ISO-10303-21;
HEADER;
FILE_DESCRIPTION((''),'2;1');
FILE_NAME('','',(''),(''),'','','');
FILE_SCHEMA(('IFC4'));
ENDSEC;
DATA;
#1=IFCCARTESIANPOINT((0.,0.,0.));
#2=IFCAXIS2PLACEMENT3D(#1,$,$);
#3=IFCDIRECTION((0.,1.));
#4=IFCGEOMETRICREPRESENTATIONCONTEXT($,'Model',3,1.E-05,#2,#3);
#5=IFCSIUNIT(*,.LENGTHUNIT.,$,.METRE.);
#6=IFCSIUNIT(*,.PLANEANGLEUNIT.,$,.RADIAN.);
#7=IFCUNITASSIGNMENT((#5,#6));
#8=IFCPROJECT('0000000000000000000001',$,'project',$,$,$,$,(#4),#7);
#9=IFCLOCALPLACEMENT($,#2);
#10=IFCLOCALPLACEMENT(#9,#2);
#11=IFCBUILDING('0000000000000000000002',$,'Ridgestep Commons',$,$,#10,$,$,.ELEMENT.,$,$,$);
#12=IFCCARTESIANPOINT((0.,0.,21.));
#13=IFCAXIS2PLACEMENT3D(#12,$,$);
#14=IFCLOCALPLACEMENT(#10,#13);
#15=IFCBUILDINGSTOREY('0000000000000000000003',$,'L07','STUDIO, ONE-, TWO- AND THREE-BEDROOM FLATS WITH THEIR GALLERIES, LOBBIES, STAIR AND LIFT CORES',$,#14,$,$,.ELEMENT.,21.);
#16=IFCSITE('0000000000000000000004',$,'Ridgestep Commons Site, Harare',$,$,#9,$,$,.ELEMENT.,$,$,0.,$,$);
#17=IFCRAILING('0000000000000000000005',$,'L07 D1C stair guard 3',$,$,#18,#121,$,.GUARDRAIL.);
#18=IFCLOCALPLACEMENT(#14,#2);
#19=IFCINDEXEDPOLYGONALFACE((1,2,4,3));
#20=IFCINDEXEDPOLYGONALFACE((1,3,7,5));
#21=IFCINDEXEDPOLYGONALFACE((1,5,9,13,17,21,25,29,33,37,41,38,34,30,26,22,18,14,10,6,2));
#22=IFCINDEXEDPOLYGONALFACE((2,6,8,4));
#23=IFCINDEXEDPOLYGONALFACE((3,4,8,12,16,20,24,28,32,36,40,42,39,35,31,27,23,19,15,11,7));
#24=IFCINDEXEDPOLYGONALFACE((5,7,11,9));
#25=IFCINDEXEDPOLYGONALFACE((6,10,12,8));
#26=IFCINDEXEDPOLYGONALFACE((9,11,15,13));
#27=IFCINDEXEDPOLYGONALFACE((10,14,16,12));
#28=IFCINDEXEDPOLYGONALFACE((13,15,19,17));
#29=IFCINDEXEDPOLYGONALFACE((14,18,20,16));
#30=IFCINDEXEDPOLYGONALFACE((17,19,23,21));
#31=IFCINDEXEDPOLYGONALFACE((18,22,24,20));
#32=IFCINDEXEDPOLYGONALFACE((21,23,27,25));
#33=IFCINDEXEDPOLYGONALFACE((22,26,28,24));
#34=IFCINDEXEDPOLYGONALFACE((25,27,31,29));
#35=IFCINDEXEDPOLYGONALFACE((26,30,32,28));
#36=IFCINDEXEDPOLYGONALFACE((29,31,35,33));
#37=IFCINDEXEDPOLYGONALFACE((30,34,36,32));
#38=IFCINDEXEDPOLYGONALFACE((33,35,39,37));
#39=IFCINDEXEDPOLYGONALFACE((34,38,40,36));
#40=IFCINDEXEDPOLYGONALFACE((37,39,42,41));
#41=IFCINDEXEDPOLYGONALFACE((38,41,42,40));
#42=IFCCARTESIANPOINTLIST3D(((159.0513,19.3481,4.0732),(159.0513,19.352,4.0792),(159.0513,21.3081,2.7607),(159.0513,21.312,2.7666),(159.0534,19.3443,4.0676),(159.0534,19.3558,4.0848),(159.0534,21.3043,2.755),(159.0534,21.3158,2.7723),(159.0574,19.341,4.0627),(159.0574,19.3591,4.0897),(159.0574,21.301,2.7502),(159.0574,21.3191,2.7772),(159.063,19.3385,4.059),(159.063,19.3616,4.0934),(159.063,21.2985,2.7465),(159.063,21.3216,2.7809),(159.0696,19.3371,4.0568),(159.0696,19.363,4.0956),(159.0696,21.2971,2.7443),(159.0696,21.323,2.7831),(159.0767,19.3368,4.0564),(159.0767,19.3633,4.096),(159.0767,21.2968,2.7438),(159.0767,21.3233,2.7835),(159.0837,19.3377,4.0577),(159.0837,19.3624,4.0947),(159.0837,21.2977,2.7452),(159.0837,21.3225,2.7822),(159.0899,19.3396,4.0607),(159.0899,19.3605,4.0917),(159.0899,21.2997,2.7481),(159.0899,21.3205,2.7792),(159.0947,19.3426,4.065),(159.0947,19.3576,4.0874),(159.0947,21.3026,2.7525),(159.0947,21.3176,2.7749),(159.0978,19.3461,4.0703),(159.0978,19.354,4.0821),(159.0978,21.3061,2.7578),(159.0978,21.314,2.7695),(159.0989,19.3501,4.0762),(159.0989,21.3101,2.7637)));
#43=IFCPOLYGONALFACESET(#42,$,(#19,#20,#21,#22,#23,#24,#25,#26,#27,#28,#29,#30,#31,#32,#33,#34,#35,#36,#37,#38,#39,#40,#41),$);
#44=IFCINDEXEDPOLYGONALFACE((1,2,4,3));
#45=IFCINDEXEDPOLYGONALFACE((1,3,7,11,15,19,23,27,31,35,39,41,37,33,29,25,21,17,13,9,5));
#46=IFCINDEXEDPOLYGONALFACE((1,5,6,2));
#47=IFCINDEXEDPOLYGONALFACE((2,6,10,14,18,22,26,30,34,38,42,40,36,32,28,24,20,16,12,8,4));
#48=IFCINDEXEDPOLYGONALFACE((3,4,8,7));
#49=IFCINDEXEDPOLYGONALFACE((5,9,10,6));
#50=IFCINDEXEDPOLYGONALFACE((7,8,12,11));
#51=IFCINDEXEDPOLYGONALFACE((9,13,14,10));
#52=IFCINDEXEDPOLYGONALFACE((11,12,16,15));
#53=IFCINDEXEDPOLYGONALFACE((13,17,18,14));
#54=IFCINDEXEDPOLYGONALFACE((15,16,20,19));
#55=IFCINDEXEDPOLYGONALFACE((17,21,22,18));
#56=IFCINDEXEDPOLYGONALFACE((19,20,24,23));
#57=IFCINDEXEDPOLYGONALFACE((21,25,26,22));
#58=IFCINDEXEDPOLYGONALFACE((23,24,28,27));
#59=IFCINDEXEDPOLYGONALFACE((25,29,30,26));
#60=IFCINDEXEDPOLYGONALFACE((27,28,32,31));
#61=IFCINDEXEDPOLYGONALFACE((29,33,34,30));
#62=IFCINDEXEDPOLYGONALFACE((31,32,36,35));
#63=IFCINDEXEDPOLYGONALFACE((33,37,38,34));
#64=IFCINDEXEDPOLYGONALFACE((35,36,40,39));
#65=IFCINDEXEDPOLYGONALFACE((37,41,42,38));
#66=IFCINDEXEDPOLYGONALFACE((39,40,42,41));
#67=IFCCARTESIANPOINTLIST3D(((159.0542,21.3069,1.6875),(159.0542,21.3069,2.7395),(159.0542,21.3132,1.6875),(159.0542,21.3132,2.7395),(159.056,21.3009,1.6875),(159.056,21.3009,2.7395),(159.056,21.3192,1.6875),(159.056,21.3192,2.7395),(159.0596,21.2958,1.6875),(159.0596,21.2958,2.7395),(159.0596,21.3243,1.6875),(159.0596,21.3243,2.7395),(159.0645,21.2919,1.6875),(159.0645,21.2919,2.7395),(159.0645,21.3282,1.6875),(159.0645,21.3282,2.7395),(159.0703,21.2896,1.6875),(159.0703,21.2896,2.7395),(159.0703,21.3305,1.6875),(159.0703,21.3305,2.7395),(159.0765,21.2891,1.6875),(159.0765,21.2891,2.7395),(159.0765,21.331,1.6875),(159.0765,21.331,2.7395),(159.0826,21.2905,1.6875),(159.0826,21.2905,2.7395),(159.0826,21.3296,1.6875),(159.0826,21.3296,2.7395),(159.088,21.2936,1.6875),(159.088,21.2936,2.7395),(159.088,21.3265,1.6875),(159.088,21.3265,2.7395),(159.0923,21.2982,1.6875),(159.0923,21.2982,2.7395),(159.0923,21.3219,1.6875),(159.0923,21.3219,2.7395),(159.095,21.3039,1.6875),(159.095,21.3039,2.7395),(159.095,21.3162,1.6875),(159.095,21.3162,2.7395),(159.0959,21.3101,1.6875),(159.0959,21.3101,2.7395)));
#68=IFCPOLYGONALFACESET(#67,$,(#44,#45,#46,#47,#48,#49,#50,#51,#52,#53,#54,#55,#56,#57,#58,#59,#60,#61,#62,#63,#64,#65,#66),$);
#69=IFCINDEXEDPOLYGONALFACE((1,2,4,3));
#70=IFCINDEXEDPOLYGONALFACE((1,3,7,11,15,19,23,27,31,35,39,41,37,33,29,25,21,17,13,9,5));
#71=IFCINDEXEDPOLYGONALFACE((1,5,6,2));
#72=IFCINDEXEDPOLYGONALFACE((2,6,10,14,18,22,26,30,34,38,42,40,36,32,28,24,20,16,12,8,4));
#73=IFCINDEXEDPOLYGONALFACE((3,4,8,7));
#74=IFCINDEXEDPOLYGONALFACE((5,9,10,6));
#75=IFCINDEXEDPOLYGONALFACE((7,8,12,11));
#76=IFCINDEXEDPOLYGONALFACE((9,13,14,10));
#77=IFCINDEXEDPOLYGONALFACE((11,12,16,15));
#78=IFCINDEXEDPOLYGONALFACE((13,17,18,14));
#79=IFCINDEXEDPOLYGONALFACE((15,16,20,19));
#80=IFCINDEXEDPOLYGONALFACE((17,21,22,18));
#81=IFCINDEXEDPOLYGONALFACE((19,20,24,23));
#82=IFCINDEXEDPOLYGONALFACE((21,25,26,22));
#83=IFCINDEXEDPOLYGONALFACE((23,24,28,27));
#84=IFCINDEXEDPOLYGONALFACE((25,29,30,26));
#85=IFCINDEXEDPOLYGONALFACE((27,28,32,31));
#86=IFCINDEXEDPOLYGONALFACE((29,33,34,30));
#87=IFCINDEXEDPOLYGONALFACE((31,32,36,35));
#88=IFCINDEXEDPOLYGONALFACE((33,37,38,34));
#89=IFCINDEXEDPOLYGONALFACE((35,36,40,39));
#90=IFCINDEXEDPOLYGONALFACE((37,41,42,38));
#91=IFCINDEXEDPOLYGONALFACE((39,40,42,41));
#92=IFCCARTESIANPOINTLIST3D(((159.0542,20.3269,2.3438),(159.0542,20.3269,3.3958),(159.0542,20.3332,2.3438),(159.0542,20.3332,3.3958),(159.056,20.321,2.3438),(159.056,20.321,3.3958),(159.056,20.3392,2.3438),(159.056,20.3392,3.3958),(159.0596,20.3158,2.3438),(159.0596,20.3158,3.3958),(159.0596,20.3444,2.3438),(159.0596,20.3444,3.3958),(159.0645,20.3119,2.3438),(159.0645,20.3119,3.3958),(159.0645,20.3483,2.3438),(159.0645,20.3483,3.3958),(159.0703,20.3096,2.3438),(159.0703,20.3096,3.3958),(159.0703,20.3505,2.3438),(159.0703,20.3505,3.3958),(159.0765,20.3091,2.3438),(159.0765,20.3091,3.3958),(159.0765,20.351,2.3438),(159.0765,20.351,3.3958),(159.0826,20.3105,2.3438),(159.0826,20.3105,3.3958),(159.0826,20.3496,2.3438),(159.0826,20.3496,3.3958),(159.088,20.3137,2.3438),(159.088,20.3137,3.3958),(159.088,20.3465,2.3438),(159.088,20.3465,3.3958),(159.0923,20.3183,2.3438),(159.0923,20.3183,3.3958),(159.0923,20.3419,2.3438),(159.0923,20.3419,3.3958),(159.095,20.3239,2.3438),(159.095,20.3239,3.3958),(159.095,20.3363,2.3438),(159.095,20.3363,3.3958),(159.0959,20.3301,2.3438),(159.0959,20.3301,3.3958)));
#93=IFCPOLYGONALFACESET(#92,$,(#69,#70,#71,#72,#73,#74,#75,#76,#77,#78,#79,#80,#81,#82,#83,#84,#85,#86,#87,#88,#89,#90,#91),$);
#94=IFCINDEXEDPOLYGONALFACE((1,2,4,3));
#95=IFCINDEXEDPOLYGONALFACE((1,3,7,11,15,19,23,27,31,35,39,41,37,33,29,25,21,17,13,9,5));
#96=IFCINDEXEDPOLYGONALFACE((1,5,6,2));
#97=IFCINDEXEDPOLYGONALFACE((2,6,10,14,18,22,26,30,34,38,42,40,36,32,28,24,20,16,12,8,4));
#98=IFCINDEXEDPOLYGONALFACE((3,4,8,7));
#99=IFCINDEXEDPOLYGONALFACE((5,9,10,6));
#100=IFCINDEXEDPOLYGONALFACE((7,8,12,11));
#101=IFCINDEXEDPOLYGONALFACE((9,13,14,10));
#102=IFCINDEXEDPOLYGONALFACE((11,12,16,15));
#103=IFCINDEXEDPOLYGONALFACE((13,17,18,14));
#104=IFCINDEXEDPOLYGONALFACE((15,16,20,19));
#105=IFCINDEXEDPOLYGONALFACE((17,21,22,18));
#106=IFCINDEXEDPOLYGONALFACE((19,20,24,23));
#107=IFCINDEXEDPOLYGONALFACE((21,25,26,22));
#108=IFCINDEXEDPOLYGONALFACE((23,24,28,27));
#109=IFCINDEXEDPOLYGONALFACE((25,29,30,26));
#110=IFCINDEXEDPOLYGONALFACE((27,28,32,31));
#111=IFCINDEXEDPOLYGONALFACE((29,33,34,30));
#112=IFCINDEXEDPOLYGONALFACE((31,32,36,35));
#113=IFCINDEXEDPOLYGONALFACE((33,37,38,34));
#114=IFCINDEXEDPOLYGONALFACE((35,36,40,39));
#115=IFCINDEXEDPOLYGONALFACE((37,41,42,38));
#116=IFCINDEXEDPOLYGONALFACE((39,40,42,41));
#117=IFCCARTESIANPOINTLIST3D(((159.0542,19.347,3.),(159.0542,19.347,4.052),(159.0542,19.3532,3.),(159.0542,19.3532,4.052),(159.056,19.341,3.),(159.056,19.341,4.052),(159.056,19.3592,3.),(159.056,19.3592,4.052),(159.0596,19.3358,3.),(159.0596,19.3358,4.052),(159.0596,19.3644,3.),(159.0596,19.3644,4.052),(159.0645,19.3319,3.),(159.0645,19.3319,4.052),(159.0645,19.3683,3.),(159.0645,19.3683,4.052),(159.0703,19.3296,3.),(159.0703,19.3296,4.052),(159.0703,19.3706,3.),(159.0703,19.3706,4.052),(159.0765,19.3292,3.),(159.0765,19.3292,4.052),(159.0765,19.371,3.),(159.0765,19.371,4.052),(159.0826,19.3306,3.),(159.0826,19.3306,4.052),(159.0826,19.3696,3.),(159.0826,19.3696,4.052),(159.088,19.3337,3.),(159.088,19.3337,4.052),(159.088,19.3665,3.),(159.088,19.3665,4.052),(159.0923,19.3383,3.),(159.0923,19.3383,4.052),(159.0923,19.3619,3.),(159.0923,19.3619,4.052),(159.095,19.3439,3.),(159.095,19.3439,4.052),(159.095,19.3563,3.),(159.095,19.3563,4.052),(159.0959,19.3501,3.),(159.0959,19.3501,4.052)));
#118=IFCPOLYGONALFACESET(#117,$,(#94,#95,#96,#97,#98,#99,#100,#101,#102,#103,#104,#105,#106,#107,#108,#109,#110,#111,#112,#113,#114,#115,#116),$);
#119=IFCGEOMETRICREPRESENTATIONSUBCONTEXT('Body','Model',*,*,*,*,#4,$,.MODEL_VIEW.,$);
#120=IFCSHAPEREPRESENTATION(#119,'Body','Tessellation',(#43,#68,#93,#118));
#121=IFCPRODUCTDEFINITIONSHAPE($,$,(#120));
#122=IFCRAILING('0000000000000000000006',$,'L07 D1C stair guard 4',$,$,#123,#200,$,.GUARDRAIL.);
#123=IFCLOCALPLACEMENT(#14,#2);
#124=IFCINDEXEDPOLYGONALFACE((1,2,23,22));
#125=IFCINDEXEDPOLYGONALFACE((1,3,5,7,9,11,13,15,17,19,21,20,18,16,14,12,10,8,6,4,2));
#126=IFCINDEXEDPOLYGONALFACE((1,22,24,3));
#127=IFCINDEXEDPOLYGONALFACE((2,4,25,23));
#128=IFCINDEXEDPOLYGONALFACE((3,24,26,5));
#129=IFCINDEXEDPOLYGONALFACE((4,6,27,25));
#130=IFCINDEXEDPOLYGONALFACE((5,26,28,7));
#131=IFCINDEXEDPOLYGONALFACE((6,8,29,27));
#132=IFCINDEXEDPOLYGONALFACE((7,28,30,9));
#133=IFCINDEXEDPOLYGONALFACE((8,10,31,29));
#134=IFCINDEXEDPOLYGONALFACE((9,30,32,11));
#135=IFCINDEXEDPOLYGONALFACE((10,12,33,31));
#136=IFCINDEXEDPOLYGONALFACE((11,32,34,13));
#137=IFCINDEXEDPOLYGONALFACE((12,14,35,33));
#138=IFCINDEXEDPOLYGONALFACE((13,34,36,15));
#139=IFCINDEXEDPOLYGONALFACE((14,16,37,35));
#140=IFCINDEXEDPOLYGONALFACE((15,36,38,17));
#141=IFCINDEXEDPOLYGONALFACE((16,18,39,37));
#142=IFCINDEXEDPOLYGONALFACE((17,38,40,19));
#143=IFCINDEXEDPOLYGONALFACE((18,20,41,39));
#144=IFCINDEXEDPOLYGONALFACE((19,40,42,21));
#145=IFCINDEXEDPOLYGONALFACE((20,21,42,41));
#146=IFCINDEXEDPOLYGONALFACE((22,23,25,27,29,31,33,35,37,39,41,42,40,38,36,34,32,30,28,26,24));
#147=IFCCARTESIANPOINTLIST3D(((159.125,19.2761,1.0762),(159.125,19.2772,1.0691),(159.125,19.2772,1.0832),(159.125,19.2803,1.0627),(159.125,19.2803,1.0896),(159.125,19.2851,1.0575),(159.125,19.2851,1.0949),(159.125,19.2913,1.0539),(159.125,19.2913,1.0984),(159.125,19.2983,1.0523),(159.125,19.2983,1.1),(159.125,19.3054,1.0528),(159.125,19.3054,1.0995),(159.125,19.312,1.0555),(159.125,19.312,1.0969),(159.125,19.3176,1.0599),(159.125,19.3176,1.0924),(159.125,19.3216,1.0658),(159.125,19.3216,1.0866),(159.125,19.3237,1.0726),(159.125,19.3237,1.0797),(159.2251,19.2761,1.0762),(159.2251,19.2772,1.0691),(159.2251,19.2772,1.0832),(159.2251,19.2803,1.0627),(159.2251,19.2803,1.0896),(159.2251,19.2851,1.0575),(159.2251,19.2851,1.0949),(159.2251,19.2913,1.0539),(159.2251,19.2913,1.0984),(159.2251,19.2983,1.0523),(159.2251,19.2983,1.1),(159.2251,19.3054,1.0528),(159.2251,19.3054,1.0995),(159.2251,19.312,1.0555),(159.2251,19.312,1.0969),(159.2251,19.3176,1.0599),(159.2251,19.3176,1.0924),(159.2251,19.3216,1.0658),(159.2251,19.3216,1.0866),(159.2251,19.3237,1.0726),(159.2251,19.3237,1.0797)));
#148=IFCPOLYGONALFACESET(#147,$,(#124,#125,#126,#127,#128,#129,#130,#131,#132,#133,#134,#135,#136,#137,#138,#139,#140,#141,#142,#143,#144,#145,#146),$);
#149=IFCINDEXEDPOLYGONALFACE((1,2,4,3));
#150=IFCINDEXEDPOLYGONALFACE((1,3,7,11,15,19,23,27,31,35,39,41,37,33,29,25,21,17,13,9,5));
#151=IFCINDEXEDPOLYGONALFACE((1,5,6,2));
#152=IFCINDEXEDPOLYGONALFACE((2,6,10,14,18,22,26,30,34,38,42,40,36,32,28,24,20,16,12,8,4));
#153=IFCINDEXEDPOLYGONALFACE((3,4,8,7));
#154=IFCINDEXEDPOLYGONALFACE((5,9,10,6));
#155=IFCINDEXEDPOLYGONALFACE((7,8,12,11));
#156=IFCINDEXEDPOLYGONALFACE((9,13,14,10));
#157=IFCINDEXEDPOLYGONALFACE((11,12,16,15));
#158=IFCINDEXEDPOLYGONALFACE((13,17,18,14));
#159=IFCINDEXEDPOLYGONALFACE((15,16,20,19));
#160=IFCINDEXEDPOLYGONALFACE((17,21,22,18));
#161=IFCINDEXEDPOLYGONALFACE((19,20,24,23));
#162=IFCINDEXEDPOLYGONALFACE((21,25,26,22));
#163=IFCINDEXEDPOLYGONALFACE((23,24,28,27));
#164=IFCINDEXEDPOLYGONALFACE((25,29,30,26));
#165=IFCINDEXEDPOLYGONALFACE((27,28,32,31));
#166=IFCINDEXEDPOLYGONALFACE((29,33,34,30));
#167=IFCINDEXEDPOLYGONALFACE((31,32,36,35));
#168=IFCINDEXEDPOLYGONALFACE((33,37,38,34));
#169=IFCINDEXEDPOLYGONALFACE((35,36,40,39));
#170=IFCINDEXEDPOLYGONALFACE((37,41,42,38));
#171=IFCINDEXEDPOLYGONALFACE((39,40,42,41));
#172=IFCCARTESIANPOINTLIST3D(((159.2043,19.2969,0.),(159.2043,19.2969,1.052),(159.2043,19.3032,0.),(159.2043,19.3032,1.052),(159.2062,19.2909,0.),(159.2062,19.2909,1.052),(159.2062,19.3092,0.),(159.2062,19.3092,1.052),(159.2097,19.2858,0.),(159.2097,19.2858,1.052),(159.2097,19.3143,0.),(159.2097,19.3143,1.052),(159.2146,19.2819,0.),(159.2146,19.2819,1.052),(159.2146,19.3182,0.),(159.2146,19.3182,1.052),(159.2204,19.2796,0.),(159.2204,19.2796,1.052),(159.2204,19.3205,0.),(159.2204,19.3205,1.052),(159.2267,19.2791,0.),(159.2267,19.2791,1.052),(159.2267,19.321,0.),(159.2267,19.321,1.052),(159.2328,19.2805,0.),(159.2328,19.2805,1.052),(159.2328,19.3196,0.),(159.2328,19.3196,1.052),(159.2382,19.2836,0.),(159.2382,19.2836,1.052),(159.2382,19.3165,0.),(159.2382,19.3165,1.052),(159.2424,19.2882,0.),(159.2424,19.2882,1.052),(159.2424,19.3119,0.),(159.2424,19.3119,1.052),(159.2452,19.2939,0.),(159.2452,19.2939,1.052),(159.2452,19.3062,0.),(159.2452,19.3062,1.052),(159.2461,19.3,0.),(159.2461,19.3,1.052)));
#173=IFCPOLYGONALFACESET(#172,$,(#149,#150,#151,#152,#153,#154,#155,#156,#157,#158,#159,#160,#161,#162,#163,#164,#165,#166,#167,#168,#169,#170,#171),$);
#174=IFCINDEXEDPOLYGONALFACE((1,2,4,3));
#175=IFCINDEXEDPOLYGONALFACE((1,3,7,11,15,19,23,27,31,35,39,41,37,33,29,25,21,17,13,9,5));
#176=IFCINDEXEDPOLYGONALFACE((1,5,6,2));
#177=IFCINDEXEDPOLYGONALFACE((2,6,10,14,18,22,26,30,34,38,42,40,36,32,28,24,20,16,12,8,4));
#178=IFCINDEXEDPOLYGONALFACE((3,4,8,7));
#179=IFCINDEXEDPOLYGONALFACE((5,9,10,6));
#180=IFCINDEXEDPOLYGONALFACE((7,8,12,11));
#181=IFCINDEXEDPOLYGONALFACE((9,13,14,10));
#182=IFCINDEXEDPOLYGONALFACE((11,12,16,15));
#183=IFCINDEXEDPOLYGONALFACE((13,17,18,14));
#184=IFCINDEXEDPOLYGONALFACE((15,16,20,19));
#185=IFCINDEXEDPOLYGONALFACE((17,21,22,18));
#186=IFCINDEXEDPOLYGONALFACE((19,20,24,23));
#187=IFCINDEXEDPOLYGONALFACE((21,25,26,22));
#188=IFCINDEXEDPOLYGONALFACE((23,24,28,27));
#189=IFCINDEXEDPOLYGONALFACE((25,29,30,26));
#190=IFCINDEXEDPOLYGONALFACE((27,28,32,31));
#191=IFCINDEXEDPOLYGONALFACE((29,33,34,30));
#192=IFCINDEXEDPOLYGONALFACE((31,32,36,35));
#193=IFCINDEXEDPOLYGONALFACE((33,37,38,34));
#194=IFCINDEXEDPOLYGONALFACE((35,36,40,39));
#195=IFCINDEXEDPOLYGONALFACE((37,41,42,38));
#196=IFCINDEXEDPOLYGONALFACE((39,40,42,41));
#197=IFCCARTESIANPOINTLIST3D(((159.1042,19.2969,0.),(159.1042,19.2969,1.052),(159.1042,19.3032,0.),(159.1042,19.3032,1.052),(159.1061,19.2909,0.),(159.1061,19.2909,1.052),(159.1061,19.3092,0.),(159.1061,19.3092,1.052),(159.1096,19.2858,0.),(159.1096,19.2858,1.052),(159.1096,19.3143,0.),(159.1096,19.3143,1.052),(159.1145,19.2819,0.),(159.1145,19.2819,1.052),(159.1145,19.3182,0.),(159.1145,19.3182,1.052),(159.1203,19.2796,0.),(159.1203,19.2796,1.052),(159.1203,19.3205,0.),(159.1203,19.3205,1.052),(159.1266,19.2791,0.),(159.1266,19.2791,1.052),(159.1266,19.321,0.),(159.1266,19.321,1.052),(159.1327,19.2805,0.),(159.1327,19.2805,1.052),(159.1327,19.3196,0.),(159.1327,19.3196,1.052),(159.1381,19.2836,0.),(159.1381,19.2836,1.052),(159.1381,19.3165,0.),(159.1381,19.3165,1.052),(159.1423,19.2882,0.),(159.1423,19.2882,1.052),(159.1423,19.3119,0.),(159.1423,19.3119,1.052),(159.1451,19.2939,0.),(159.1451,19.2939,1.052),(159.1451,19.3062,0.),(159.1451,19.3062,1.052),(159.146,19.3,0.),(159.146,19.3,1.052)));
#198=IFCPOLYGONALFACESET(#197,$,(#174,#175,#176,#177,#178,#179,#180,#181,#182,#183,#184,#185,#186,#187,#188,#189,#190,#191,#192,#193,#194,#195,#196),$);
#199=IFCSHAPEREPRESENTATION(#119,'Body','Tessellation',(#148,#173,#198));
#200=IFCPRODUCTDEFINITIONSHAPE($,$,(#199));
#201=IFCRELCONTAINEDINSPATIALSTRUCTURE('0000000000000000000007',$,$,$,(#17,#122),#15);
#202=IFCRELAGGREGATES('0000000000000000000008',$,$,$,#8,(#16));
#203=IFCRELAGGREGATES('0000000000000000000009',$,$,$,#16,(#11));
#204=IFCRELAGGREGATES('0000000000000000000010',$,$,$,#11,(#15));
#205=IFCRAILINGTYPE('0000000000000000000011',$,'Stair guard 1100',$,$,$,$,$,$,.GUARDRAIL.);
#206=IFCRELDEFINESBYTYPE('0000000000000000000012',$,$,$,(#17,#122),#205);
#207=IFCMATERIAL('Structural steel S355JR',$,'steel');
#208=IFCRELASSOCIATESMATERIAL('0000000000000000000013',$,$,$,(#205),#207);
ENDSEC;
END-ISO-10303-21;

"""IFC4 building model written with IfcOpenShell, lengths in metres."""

from ifc_helpers import new_model, si_unit, direction, frame, origin, origin_2d, place, context, subcontext, project, spatial, circle, extrude, material, type_object, element, save


model = new_model("IFC4")

# Units and contexts
model_context = context("Model", 3, precision=1e-05, world=origin(), true_north=direction((0.0, 1.0)))
body_context = subcontext(model_context, "Body", "Model", "MODEL_VIEW")
ifc_project = project(units=[si_unit("LENGTHUNIT", "METRE"), si_unit("PLANEANGLEUNIT", "RADIAN")], contexts=[model_context])

# Site, building, storey
site_placement = place(None, origin())
site = spatial("IfcSite", under=ifc_project, at=site_placement, Name="Ridgestep Commons Site, Harare", CompositionType="ELEMENT", RefElevation=0.0)
building_placement = place(site_placement, origin())
building = spatial("IfcBuilding", under=site, at=building_placement, Name="Ridgestep Commons", CompositionType="ELEMENT")
storey_placement = place(building_placement, frame((0.0, 0.0, 21.0)))
storey = spatial("IfcBuildingStorey", under=building, at=storey_placement, Name="L07", Description="STUDIO, ONE-, TWO- AND THREE-BEDROOM FLATS WITH THEIR GALLERIES, LOBBIES, STAIR AND LIFT CORES", CompositionType="ELEMENT", Elevation=21.0)

# Railings
ifc_material_1 = material(Name="Structural steel S355JR", Category="steel")
railing_type_1 = type_object("IfcRailingType", Name="Stair guard 1100", PredefinedType="GUARDRAIL", material=ifc_material_1)
railing_1_placement = place(storey_placement, frame((159.075, 21.3101, 1.6875)))
element("IfcRailing", 1, at=railing_1_placement, inside=storey, type_object=railing_type_1, Name="L07 D1C stair guard 3", PredefinedType="GUARDRAIL", context=body_context, shape_type="SweptSolid", body=[
    extrude(circle(Radius=0.0239, at=origin_2d()), frame((0.0, 0.0, 1.0762), z_axis=(0.0, -0.830902, 0.556419), x_axis=(1.0, 0.0, 0.0)), (0.0, 0.0, 1.0), 2.3589),
    extrude(circle(Radius=0.021, at=origin_2d()), origin(), (0.0, 0.0, 1.0), 1.052),
    extrude(circle(Radius=0.021, at=origin_2d()), frame((0.0, -0.98, 0.6562)), (0.0, 0.0, 1.0), 1.052),
    extrude(circle(Radius=0.021, at=origin_2d()), frame((0.0, -1.96, 1.3125)), (0.0, 0.0, 1.0), 1.052),
])
railing_2_placement = place(storey_placement, frame((159.2251, 19.3, 0.0)))
element("IfcRailing", 2, at=railing_2_placement, inside=storey, type_object=railing_type_1, Name="L07 D1C stair guard 4", PredefinedType="GUARDRAIL", context=body_context, shape_type="SweptSolid", body=[
    extrude(circle(Radius=0.0239, at=origin_2d()), frame((0.0, 0.0, 1.0762), z_axis=(-1.0, 0.0, 0.0), x_axis=(0.0, -1.0, 0.0)), (0.0, 0.0, 1.0), 0.1001),
    extrude(circle(Radius=0.021, at=origin_2d()), origin(), (0.0, 0.0, 1.0), 1.052),
    extrude(circle(Radius=0.021, at=origin_2d()), frame((-0.1001, 0.0, 0.0)), (0.0, 0.0, 1.0), 1.052),
])

save(model, "model.ifc")
